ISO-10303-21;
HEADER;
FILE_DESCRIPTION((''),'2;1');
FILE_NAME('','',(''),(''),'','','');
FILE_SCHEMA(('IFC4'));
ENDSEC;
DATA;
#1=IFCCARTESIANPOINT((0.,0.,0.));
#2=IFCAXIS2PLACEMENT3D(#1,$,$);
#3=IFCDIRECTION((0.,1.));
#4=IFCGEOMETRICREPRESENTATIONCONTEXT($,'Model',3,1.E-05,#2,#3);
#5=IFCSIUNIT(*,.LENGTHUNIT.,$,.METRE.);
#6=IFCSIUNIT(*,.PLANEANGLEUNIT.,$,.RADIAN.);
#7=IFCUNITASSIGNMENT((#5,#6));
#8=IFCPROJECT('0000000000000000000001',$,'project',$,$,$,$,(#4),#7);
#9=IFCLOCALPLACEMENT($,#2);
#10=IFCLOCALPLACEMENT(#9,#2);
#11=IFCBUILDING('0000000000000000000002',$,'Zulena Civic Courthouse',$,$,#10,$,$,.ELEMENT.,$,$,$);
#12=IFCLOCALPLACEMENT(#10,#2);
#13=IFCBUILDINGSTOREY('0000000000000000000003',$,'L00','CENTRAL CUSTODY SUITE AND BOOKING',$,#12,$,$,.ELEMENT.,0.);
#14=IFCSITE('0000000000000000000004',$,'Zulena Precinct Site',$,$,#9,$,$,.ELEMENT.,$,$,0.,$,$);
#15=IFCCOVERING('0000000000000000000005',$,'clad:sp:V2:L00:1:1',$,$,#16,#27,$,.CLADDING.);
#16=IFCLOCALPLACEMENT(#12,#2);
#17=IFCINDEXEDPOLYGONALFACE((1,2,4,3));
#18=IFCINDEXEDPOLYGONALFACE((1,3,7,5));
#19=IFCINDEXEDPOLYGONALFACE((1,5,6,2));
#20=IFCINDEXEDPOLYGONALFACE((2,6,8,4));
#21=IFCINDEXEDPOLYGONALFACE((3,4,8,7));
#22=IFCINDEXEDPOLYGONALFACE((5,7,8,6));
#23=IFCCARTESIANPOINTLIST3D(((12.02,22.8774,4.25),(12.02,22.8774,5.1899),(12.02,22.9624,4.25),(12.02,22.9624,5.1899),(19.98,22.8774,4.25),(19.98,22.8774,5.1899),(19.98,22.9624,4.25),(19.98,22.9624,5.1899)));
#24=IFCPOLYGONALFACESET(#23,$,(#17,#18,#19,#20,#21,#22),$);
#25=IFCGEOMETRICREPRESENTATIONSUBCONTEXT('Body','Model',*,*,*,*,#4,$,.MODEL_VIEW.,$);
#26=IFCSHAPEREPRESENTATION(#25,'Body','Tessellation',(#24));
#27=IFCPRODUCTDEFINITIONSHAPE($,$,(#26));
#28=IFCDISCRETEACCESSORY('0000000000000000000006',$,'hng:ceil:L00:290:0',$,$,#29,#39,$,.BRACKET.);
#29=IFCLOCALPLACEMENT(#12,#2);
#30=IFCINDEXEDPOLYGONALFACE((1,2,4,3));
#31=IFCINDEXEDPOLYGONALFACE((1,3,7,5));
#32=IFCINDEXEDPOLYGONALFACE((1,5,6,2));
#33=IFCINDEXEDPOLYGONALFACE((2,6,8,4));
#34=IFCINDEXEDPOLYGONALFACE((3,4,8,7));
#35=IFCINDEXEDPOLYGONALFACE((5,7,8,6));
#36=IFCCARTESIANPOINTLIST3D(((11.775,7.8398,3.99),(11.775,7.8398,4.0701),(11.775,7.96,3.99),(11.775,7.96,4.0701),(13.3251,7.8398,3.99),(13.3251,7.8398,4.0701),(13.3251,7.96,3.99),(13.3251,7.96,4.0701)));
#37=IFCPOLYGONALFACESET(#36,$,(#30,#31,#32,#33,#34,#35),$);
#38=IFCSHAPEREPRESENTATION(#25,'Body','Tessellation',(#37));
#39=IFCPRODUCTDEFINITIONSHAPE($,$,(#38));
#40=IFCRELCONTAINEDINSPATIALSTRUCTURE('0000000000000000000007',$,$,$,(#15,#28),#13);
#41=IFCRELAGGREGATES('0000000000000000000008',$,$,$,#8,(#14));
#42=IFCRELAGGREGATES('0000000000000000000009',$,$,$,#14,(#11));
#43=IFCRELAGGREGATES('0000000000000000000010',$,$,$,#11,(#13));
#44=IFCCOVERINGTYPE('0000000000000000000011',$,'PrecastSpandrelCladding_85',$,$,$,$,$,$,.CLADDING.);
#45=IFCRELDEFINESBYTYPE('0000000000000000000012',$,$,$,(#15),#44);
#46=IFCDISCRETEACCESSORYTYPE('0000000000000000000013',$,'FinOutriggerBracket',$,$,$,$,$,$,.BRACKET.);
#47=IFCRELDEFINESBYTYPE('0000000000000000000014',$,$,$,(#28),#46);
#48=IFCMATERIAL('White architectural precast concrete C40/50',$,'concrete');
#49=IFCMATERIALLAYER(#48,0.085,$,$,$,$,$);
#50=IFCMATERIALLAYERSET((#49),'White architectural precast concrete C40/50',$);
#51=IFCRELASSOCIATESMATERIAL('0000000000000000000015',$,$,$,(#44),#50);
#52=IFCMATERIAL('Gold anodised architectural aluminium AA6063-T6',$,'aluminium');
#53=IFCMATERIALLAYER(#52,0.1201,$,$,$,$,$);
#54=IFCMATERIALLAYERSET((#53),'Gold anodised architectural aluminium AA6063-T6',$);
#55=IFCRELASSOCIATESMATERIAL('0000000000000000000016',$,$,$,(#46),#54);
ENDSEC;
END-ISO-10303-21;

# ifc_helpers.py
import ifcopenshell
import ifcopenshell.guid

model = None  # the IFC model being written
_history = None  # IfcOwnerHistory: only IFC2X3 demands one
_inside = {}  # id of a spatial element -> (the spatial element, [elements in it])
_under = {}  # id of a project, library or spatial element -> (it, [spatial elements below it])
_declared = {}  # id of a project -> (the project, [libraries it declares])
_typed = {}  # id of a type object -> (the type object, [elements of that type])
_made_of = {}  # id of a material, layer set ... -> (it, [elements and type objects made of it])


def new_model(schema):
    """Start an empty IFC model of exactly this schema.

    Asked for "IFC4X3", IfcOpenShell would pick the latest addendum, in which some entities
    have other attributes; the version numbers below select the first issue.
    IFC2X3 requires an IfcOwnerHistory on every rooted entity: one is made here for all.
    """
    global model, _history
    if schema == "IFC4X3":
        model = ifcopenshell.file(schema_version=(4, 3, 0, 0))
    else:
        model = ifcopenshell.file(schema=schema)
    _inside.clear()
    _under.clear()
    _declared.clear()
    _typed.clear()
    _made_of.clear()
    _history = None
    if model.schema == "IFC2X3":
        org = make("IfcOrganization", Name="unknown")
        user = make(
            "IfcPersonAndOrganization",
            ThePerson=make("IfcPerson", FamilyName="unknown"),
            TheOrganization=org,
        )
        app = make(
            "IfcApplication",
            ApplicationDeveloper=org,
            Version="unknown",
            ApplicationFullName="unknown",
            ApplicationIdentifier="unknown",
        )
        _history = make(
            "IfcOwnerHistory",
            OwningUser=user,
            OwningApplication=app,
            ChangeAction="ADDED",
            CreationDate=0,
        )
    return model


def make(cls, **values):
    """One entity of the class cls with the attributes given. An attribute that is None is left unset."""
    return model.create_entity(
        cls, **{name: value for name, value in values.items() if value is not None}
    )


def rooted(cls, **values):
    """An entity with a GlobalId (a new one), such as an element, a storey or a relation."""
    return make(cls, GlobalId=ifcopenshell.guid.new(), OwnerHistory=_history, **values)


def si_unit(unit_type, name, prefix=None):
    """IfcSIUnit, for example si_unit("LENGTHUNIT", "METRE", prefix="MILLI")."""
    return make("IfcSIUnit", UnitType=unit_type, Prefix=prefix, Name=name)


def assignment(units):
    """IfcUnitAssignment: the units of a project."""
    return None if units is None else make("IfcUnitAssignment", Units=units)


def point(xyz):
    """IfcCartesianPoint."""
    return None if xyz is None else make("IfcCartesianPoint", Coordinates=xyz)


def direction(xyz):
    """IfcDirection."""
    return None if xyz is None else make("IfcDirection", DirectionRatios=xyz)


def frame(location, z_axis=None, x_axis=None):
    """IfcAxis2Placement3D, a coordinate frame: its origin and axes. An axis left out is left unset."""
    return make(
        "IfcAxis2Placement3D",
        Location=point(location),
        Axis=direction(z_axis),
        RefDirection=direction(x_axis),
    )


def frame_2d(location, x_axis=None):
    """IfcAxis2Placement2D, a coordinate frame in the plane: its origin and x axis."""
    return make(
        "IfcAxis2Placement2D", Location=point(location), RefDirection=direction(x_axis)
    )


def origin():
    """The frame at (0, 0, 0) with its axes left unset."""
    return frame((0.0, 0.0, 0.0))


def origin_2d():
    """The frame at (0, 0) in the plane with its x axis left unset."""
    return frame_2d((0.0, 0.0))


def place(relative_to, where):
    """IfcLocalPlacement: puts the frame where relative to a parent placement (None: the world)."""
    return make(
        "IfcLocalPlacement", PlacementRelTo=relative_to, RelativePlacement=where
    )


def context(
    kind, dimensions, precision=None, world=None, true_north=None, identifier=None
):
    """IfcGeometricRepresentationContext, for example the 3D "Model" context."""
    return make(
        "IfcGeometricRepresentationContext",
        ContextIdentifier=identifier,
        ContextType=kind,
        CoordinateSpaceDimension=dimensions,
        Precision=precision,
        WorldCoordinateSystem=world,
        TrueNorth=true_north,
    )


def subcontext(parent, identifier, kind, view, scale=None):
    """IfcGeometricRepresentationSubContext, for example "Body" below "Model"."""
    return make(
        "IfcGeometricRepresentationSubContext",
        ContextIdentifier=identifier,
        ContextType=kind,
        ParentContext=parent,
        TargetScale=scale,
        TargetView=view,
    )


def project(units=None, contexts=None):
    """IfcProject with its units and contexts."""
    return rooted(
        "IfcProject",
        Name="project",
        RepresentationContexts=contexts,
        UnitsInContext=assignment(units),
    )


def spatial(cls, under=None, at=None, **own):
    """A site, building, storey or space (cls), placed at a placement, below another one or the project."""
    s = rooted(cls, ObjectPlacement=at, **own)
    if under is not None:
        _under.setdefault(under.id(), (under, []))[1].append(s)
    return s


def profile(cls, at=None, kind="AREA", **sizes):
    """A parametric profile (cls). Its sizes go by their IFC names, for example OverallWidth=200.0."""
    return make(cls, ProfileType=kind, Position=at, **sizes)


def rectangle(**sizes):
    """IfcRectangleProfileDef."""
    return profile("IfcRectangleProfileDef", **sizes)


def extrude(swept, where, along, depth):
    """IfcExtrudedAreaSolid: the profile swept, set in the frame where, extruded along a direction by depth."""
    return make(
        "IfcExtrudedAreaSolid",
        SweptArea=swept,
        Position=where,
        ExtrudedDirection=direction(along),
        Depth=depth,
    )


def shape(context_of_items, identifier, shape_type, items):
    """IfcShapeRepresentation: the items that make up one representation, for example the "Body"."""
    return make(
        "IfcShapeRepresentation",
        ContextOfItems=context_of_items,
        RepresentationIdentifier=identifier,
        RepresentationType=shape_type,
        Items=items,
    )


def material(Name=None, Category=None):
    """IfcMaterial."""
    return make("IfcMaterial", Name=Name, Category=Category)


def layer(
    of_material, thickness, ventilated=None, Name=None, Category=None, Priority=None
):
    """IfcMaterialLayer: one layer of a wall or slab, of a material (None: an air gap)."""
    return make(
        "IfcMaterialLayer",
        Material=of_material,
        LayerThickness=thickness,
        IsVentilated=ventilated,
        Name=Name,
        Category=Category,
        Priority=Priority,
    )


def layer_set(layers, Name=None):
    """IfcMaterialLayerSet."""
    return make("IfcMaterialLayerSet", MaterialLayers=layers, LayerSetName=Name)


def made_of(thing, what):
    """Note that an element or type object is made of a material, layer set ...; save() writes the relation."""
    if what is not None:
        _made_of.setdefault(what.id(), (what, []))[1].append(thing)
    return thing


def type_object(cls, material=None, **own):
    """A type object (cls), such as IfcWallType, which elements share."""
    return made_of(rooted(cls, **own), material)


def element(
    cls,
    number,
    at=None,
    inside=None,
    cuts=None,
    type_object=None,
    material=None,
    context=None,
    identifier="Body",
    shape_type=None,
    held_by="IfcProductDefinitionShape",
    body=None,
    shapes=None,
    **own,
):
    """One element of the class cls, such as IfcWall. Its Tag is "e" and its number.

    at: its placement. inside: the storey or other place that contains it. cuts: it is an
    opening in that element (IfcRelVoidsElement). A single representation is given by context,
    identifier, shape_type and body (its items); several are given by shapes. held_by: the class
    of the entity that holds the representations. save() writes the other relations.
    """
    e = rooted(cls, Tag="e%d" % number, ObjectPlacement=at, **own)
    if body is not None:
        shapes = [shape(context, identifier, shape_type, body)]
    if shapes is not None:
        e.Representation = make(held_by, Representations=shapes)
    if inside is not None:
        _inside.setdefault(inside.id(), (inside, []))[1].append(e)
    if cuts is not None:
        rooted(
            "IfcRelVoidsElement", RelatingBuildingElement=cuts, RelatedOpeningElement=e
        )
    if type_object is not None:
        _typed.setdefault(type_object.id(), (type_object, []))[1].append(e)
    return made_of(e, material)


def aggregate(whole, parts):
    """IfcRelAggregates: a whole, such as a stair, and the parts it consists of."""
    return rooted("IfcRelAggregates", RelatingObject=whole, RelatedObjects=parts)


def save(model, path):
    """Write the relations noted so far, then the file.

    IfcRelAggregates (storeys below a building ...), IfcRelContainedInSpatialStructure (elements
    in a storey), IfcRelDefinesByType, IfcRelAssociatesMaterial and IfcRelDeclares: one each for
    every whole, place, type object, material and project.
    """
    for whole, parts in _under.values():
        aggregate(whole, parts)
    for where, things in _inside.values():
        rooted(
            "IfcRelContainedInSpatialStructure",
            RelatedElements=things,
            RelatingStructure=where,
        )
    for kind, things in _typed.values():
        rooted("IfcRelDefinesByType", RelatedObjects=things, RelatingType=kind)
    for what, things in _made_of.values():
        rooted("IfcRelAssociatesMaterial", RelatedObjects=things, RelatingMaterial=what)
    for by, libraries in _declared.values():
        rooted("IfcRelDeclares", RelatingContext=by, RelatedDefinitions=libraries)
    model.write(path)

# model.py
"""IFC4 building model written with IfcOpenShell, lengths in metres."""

from ifc_helpers import new_model, si_unit, direction, frame, origin, origin_2d, place, context, subcontext, project, spatial, rectangle, extrude, material, layer, layer_set, type_object, element, save


model = new_model("IFC4")

# Units and contexts
model_context = context("Model", 3, precision=1e-05, world=origin(), true_north=direction((0.0, 1.0)))
body_context = subcontext(model_context, "Body", "Model", "MODEL_VIEW")
ifc_project = project(units=[si_unit("LENGTHUNIT", "METRE"), si_unit("PLANEANGLEUNIT", "RADIAN")], contexts=[model_context])

# Site, building, storey
site_placement = place(None, origin())
site = spatial("IfcSite", under=ifc_project, at=site_placement, Name="Zulena Precinct Site", CompositionType="ELEMENT", RefElevation=0.0)
building_placement = place(site_placement, origin())
building = spatial("IfcBuilding", under=site, at=building_placement, Name="Zulena Civic Courthouse", CompositionType="ELEMENT")
storey_placement = place(building_placement, origin())
storey = spatial("IfcBuildingStorey", under=building, at=storey_placement, Name="L00", Description="CENTRAL CUSTODY SUITE AND BOOKING", CompositionType="ELEMENT", Elevation=0.0)

# Shared definitions
ifc_material_1 = material(Name="White architectural precast concrete C40/50", Category="concrete")

# Covering
ifc_layer_1 = layer(ifc_material_1, 0.085)
ifc_layer_set_1 = layer_set([ifc_layer_1], Name="White architectural precast concrete C40/50")
covering_type = type_object("IfcCoveringType", Name="PrecastSpandrelCladding_85", PredefinedType="CLADDING", material=ifc_layer_set_1)
covering_placement = place(storey_placement, frame((16.0, 22.9199, 4.25), z_axis=(0.0, 0.0, 1.0), x_axis=(1.0, 0.0, 0.0)))
element("IfcCovering", 1, at=covering_placement, inside=storey, type_object=covering_type, Name="clad:sp:V2:L00:1:1", PredefinedType="CLADDING", context=body_context, shape_type="SweptSolid", body=[
    extrude(rectangle(XDim=7.96, YDim=0.085, at=origin_2d()), origin(), (0.0, 0.0, 1.0), 0.9399),
])

# Discrete accessory
ifc_material_2 = material(Name="Gold anodised architectural aluminium AA6063-T6", Category="aluminium")
ifc_layer_2 = layer(ifc_material_2, 0.1201)
ifc_layer_set_2 = layer_set([ifc_layer_2], Name="Gold anodised architectural aluminium AA6063-T6")
discrete_accessory_type = type_object("IfcDiscreteAccessoryType", Name="FinOutriggerBracket", PredefinedType="BRACKET", material=ifc_layer_set_2)
discrete_accessory_placement = place(storey_placement, frame((12.55, 7.8999, 3.99), z_axis=(0.0, 0.0, 1.0), x_axis=(1.0, 0.0, 0.0)))
element("IfcDiscreteAccessory", 2, at=discrete_accessory_placement, inside=storey, type_object=discrete_accessory_type, Name="hng:ceil:L00:290:0", PredefinedType="BRACKET", context=body_context, shape_type="SweptSolid", body=[
    extrude(rectangle(XDim=1.55, YDim=0.1201, at=origin_2d()), origin(), (0.0, 0.0, 1.0), 0.0801),
])

save(model, "model.ifc")
